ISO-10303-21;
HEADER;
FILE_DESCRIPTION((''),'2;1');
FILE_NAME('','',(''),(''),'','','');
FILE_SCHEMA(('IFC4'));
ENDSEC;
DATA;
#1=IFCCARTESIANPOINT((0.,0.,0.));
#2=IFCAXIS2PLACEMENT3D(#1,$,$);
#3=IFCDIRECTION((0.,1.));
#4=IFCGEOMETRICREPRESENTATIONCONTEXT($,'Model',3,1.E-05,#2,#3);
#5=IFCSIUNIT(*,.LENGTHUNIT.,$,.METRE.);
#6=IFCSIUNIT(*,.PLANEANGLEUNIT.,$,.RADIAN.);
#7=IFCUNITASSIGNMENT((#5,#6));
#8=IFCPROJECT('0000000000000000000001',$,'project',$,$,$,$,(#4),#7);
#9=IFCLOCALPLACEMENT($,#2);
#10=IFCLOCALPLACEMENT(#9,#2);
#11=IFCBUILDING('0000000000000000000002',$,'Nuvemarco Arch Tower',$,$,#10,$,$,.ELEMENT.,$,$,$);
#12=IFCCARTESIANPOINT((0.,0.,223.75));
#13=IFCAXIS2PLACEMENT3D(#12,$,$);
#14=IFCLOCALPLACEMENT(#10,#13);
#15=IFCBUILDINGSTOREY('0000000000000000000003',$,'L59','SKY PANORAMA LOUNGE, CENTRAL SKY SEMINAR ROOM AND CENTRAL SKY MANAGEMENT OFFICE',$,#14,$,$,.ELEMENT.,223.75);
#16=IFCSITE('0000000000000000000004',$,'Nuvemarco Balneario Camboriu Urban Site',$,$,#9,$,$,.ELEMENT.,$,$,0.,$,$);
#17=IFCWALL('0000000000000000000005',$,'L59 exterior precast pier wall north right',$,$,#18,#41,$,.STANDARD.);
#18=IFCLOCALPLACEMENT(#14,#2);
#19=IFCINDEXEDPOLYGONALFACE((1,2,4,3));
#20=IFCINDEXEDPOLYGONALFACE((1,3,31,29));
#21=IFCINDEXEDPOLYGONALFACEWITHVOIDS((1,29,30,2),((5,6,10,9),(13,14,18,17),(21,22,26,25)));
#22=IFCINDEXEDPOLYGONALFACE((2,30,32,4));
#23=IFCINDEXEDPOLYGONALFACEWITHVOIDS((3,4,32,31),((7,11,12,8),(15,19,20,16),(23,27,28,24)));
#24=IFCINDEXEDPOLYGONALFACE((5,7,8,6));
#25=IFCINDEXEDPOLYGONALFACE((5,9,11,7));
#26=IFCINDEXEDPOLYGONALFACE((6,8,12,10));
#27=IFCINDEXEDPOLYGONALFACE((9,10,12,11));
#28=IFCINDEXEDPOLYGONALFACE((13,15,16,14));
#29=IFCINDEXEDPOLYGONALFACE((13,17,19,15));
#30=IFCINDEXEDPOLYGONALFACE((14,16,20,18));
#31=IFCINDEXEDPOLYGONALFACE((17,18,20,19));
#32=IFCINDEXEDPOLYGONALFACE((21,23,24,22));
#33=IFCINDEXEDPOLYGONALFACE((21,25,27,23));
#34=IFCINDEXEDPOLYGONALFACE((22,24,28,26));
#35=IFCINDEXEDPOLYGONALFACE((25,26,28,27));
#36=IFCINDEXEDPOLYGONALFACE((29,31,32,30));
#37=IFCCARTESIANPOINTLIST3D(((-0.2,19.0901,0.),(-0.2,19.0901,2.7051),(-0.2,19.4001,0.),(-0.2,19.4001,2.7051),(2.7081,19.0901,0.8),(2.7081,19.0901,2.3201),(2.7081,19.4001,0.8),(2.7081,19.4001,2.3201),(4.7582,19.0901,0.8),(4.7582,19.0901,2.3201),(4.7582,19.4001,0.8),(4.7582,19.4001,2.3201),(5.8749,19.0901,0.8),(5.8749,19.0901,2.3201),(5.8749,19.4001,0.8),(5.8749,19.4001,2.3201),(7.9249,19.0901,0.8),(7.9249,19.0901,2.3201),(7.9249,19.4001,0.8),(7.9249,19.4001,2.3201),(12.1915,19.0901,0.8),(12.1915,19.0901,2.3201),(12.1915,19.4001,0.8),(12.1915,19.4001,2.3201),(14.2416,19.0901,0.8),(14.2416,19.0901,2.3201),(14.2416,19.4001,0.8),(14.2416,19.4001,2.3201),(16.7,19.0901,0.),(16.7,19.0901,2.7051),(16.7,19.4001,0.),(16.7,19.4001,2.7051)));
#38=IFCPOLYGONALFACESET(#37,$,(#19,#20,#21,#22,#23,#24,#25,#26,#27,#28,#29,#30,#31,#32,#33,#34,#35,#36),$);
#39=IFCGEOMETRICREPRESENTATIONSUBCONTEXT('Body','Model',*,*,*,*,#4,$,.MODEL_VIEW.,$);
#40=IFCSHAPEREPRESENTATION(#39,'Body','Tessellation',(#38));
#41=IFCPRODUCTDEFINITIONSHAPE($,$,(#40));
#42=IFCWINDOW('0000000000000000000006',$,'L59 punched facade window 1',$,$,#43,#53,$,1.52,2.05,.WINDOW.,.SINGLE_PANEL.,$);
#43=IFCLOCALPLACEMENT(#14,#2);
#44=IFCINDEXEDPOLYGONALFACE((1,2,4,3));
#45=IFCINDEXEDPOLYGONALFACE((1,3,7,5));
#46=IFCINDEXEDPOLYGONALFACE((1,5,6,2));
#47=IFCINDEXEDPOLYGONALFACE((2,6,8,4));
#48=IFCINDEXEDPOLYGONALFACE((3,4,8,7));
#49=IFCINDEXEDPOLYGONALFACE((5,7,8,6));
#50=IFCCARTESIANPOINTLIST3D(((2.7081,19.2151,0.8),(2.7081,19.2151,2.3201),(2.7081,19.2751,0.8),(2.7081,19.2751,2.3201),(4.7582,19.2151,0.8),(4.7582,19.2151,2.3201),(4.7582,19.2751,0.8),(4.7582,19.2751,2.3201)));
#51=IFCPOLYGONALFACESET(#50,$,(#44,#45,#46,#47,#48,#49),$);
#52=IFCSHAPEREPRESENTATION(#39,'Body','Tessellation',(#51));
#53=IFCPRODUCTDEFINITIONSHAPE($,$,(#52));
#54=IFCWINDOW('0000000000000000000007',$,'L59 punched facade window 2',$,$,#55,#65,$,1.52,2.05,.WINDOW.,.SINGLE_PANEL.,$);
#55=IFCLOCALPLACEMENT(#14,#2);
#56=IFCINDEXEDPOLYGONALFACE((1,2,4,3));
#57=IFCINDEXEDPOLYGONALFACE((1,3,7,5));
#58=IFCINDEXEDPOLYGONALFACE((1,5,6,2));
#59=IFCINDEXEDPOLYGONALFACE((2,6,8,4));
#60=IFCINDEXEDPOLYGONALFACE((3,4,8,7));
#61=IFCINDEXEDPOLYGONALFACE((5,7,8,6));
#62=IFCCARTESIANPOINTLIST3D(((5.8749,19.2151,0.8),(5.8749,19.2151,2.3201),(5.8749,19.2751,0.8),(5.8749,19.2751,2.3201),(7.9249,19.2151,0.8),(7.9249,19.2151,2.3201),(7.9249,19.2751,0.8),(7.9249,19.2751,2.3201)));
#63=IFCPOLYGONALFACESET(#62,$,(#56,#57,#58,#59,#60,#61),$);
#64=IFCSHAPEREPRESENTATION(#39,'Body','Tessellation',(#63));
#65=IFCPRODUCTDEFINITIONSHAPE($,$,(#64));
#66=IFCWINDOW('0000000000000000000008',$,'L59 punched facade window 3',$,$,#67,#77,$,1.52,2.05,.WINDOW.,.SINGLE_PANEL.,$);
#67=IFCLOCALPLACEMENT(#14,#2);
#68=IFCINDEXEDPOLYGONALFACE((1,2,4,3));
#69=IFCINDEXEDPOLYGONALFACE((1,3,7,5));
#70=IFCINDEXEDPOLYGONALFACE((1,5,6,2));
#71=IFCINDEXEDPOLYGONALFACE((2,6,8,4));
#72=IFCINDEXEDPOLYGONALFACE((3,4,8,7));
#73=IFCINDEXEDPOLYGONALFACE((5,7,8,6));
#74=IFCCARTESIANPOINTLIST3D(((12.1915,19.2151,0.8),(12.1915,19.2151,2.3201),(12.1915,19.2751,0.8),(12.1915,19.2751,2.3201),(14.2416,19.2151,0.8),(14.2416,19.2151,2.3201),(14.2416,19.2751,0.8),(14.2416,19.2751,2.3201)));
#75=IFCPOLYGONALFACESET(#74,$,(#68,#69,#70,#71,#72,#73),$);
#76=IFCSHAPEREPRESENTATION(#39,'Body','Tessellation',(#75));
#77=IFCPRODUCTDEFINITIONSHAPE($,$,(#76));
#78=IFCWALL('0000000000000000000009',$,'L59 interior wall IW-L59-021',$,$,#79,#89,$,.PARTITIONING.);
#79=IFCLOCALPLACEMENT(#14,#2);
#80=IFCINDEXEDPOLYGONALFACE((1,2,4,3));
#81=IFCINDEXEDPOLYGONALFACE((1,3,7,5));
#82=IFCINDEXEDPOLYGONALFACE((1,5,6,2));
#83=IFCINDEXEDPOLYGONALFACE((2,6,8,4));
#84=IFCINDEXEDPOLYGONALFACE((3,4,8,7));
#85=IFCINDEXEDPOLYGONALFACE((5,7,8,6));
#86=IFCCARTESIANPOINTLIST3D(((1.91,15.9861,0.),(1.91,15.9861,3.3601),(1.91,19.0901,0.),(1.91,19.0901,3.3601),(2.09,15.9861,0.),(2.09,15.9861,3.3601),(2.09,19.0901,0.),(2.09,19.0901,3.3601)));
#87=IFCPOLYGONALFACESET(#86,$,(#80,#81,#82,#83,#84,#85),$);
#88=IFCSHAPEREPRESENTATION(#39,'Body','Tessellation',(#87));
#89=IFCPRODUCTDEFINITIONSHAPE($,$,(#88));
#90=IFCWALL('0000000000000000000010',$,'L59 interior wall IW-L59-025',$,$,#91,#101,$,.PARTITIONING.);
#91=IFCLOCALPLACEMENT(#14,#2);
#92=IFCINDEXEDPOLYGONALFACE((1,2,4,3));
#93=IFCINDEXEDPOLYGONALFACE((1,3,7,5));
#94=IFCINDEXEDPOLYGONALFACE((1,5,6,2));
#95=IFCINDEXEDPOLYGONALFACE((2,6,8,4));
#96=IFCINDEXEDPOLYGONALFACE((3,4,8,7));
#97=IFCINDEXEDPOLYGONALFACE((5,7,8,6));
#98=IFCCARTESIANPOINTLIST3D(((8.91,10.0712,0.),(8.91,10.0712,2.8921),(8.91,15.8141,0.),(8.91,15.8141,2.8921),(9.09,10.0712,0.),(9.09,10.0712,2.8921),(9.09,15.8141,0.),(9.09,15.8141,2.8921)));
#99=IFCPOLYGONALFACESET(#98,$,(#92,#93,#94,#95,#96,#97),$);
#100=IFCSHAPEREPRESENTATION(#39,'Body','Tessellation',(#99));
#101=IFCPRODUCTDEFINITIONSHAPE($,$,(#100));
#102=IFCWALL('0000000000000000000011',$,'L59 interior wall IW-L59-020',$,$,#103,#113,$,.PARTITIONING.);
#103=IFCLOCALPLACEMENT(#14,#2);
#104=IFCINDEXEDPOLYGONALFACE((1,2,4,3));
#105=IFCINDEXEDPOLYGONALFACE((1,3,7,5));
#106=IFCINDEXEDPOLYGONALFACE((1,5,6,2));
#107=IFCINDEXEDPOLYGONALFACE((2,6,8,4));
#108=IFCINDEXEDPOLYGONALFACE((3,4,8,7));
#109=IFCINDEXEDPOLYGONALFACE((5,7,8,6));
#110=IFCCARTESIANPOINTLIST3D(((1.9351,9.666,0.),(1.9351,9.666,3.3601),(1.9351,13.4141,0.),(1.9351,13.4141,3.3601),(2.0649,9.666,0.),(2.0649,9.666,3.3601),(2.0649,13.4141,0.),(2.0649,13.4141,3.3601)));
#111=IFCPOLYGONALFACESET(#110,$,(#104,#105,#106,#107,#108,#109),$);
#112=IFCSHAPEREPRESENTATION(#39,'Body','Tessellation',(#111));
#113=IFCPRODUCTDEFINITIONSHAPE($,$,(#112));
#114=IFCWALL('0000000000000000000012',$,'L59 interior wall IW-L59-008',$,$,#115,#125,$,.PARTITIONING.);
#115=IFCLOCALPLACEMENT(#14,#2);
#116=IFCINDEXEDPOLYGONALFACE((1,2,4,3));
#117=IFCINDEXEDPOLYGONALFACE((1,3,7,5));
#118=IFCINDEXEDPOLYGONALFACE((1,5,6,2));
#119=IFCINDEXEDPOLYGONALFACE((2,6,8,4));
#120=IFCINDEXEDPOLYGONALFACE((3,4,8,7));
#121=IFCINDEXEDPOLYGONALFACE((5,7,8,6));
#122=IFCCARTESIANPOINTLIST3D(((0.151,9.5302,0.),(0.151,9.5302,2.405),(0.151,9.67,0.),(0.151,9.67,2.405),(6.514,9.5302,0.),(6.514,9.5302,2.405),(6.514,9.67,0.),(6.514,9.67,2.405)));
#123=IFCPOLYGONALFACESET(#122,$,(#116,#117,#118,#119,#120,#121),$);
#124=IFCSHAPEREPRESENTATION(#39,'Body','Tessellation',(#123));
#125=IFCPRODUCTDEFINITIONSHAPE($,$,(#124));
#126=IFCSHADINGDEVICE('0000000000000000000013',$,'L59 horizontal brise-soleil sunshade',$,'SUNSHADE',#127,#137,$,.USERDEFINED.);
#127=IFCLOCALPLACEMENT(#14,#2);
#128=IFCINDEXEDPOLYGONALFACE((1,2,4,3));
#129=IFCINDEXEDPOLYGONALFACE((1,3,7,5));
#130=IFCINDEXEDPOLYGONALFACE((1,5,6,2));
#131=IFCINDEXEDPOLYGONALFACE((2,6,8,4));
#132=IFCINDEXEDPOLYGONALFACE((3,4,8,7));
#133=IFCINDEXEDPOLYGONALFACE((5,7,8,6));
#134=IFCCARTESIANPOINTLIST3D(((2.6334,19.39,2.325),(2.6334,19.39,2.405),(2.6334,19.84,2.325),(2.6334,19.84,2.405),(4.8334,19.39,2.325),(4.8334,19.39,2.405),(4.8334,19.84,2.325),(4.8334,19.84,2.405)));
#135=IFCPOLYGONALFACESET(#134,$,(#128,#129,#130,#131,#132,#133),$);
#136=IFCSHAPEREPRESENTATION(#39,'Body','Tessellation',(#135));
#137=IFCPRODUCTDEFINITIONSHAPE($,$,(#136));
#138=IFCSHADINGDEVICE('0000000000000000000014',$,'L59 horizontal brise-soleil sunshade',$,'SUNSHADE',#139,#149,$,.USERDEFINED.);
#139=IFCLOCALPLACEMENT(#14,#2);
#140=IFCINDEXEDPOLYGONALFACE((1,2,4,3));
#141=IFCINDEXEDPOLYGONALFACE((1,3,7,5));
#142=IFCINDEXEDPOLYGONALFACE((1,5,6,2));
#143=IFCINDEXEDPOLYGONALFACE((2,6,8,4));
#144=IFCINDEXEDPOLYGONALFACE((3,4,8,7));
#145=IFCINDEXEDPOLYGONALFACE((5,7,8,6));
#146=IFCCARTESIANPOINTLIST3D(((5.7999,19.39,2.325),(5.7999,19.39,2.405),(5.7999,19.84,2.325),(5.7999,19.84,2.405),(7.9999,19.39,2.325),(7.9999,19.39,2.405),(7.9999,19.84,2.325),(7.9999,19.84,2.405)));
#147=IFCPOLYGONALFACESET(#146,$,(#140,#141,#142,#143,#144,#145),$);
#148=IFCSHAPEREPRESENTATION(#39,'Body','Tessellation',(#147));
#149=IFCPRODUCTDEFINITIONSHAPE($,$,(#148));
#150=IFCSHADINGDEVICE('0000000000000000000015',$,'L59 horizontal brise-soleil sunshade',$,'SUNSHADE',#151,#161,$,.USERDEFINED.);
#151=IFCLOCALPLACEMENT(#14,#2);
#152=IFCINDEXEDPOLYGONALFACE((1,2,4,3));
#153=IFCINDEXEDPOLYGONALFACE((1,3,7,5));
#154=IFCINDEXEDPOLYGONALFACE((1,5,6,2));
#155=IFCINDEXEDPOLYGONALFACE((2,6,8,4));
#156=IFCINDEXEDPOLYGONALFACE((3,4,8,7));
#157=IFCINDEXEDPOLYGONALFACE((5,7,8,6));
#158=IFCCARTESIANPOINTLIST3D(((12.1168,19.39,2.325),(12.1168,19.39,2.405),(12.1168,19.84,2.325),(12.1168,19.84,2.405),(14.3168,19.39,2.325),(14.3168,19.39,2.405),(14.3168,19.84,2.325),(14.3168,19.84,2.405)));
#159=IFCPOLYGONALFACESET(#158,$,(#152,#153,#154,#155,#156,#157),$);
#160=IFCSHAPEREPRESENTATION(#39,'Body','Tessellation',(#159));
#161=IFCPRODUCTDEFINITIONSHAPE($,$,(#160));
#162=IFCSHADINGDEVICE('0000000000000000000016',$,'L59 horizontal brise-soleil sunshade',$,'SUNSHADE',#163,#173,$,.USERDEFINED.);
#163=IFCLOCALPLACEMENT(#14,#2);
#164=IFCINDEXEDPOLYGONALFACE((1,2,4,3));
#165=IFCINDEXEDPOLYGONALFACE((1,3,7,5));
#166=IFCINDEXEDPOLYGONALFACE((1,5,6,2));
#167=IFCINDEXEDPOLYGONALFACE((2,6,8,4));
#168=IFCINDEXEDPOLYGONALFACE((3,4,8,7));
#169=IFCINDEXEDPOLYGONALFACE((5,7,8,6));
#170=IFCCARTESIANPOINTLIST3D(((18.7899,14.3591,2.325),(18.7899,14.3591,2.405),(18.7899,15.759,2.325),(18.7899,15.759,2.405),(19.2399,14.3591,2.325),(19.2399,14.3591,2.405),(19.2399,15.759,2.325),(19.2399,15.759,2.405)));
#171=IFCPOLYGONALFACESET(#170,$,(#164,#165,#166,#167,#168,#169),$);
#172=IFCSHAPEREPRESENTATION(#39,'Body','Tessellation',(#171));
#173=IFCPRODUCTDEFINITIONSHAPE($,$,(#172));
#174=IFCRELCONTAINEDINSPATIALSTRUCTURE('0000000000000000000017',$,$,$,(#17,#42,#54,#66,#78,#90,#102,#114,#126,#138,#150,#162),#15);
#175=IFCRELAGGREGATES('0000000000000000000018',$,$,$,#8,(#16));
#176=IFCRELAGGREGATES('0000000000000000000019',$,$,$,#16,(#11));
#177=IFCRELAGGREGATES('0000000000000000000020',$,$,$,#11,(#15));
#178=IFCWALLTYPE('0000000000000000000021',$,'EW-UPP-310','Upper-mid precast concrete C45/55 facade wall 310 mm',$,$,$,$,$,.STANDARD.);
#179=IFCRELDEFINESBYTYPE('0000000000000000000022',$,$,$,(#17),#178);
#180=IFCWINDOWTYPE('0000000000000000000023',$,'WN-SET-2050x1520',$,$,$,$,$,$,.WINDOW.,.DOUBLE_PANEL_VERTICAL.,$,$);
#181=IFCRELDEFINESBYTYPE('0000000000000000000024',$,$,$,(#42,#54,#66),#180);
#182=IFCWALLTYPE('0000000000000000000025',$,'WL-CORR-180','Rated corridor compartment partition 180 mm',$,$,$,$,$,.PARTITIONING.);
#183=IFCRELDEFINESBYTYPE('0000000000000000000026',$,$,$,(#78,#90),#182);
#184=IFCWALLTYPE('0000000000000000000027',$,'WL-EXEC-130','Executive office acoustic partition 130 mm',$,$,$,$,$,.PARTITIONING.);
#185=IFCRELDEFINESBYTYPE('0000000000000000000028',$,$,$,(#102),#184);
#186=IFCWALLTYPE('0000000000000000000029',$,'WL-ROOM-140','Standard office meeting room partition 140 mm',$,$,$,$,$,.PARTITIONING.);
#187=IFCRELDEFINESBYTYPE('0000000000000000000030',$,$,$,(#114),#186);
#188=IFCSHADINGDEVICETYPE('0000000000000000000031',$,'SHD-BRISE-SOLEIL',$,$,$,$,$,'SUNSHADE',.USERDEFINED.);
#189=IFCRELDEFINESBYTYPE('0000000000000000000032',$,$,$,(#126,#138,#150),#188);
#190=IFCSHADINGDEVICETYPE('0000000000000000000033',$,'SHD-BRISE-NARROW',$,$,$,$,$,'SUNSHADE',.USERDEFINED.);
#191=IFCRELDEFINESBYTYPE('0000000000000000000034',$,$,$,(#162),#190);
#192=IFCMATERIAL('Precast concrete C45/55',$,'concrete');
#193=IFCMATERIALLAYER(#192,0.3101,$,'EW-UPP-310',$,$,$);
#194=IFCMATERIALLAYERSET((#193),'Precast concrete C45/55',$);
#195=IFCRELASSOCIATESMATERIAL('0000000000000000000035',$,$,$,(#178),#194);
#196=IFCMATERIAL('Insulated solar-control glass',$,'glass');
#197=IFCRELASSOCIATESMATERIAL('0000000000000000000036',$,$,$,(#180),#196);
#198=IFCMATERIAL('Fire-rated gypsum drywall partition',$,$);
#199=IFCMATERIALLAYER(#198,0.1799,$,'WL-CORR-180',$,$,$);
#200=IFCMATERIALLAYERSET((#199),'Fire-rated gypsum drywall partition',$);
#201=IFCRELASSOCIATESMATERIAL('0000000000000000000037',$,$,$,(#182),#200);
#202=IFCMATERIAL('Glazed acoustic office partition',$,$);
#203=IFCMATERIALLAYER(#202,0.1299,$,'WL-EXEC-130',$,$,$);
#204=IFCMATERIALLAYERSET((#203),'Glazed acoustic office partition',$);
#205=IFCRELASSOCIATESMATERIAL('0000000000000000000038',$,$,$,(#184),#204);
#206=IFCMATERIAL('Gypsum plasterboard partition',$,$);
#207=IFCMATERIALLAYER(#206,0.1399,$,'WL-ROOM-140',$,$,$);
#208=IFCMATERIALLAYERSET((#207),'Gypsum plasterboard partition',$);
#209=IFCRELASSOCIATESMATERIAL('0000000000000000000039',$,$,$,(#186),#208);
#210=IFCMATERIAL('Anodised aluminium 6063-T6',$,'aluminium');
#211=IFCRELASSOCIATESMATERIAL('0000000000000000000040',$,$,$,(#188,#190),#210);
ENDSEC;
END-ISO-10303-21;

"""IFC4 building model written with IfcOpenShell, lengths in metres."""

from ifc_helpers import new_model, si_unit, direction, frame, frame_2d, origin, origin_2d, place, context, subcontext, project, spatial, rectangle, extrude, source, transform, mapped, material, layer, layer_set, type_object, type_shapes, element, fill, save


model = new_model("IFC4")

# Units and contexts
model_context = context("Model", 3, precision=1e-05, world=origin(), true_north=direction((0.0, 1.0)))
body_context = subcontext(model_context, "Body", "Model", "MODEL_VIEW")
ifc_project = project(units=[si_unit("LENGTHUNIT", "METRE"), si_unit("PLANEANGLEUNIT", "RADIAN")], contexts=[model_context])

# Site, building, storey
site_placement = place(None, origin())
site = spatial("IfcSite", under=ifc_project, at=site_placement, Name="Nuvemarco Balneario Camboriu Urban Site", CompositionType="ELEMENT", RefElevation=0.0)
building_placement = place(site_placement, origin())
building = spatial("IfcBuilding", under=site, at=building_placement, Name="Nuvemarco Arch Tower", CompositionType="ELEMENT")
storey_placement = place(building_placement, frame((0.0, 0.0, 223.75)))
storey = spatial("IfcBuildingStorey", under=building, at=storey_placement, Name="L59", Description="SKY PANORAMA LOUNGE, CENTRAL SKY SEMINAR ROOM AND CENTRAL SKY MANAGEMENT OFFICE", CompositionType="ELEMENT", Elevation=223.75)

# Shared definitions
ifc_material_1 = material(Name="Precast concrete C45/55", Category="concrete")

# Shared definitions
ifc_layer_1 = layer(ifc_material_1, 0.3101, Name="EW-UPP-310")
ifc_layer_set_1 = layer_set([ifc_layer_1], Name="Precast concrete C45/55")
wall_type_1 = type_object("IfcWallType", Name="EW-UPP-310", Description="Upper-mid precast concrete C45/55 facade wall 310 mm", PredefinedType="STANDARD", material=ifc_layer_set_1)

# Wall, openings, windows
wall_1_placement = place(storey_placement, frame((-0.2, 19.2451, 0.0), z_axis=(0.0, 0.0, 1.0), x_axis=(1.0, 0.0, 0.0)))
wall_1 = element("IfcWall", 1, at=wall_1_placement, inside=storey, type_object=wall_type_1, Name="L59 exterior precast pier wall north right", PredefinedType="STANDARD", context=body_context, shape_type="SweptSolid", body=[
    extrude(rectangle(XDim=16.8999, YDim=0.3101, at=frame_2d((8.45, 0.0))), origin(), (0.0, 0.0, 1.0), 2.7051),
])
opening_1_placement = place(wall_1_placement, frame((2.9082, 0.0, 0.8)))
opening_1 = element("IfcOpeningElement", 2, at=opening_1_placement, cuts=wall_1, PredefinedType="OPENING", context=body_context, shape_type="SweptSolid", body=[
    extrude(rectangle(XDim=2.05, YDim=1.52, at=frame_2d((1.0249, 0.76))), frame((0.0, 0.165, 0.0), z_axis=(0.0, -1.0, 0.0), x_axis=(1.0, 0.0, 0.0)), (0.0, 0.0, 1.0), 0.3301),
])
opening_2_placement = place(wall_1_placement, frame((6.075, 0.0, 0.8)))
opening_2 = element("IfcOpeningElement", 3, at=opening_2_placement, cuts=wall_1, PredefinedType="OPENING", context=body_context, shape_type="SweptSolid", body=[
    extrude(rectangle(XDim=2.05, YDim=1.52, at=frame_2d((1.0249, 0.76))), frame((0.0, 0.165, 0.0), z_axis=(0.0, -1.0, 0.0), x_axis=(1.0, 0.0, 0.0)), (0.0, 0.0, 1.0), 0.3301),
])
opening_3_placement = place(wall_1_placement, frame((12.3916, 0.0, 0.8)))
opening_3 = element("IfcOpeningElement", 4, at=opening_3_placement, cuts=wall_1, PredefinedType="OPENING", context=body_context, shape_type="SweptSolid", body=[
    extrude(rectangle(XDim=2.05, YDim=1.52, at=frame_2d((1.0249, 0.76))), frame((0.0, 0.165, 0.0), z_axis=(0.0, -1.0, 0.0), x_axis=(1.0, 0.0, 0.0)), (0.0, 0.0, 1.0), 0.3301),
])
ifc_material_2 = material(Name="Insulated solar-control glass", Category="glass")
window_type = type_object("IfcWindowType", Name="WN-SET-2050x1520", PartitioningType="DOUBLE_PANEL_VERTICAL", PredefinedType="WINDOW", material=ifc_material_2)
shared_shape_1 = source(origin(), body_context, "Body", "SweptSolid", [
    extrude(rectangle(XDim=2.05, YDim=1.52, at=frame_2d((1.0249, 0.76))), frame((0.0, 0.03, 0.0), z_axis=(0.0, -1.0, 0.0), x_axis=(1.0, 0.0, 0.0)), (0.0, 0.0, 1.0), 0.0601),
])
type_shapes(window_type, [shared_shape_1])
window_1_placement = place(opening_1_placement, origin())
window_1 = element("IfcWindow", 5, at=window_1_placement, inside=storey, type_object=window_type, Name="L59 punched facade window 1", OverallHeight=1.52, OverallWidth=2.05, PartitioningType="SINGLE_PANEL", PredefinedType="WINDOW", context=body_context, shape_type="MappedRepresentation", body=[
    mapped(shared_shape_1, transform((0.0, 0.0, 0.0), scale=1.0)),
])
fill(opening_1, window_1)
window_2_placement = place(opening_2_placement, origin())
window_2 = element("IfcWindow", 6, at=window_2_placement, inside=storey, type_object=window_type, Name="L59 punched facade window 2", OverallHeight=1.52, OverallWidth=2.05, PartitioningType="SINGLE_PANEL", PredefinedType="WINDOW", context=body_context, shape_type="MappedRepresentation", body=[
    mapped(shared_shape_1, transform((0.0, 0.0, 0.0), scale=1.0)),
])
fill(opening_2, window_2)
window_3_placement = place(opening_3_placement, origin())
window_3 = element("IfcWindow", 7, at=window_3_placement, inside=storey, type_object=window_type, Name="L59 punched facade window 3", OverallHeight=1.52, OverallWidth=2.05, PartitioningType="SINGLE_PANEL", PredefinedType="WINDOW", context=body_context, shape_type="MappedRepresentation", body=[
    mapped(shared_shape_1, transform((0.0, 0.0, 0.0), scale=1.0)),
])
fill(opening_3, window_3)

# Walls
ifc_material_3 = material(Name="Fire-rated gypsum drywall partition")
ifc_layer_2 = layer(ifc_material_3, 0.1799, Name="WL-CORR-180")
ifc_layer_set_2 = layer_set([ifc_layer_2], Name="Fire-rated gypsum drywall partition")
wall_type_2 = type_object("IfcWallType", Name="WL-CORR-180", Description="Rated corridor compartment partition 180 mm", PredefinedType="PARTITIONING", material=ifc_layer_set_2)
wall_2_placement = place(storey_placement, frame((2.0, 15.9861, 0.0), z_axis=(0.0, 0.0, 1.0), x_axis=(0.0, 1.0, 0.0)))
element("IfcWall", 8, at=wall_2_placement, inside=storey, type_object=wall_type_2, Name="L59 interior wall IW-L59-021", PredefinedType="PARTITIONING", context=body_context, shape_type="SweptSolid", body=[
    extrude(rectangle(XDim=3.104, YDim=0.1799, at=frame_2d((1.552, 0.0))), origin(), (0.0, 0.0, 1.0), 3.3601),
])
wall_3_placement = place(storey_placement, frame((9.0, 10.071, 0.0), z_axis=(0.0, 0.0, 1.0), x_axis=(0.0, 1.0, 0.0)))
element("IfcWall", 9, at=wall_3_placement, inside=storey, type_object=wall_type_2, Name="L59 interior wall IW-L59-025", PredefinedType="PARTITIONING", context=body_context, shape_type="SweptSolid", body=[
    extrude(rectangle(XDim=5.7429, YDim=0.1799, at=frame_2d((2.8716, 0.0))), origin(), (0.0, 0.0, 1.0), 2.8921),
])
ifc_material_4 = material(Name="Glazed acoustic office partition")
ifc_layer_3 = layer(ifc_material_4, 0.1299, Name="WL-EXEC-130")
ifc_layer_set_3 = layer_set([ifc_layer_3], Name="Glazed acoustic office partition")
wall_type_3 = type_object("IfcWallType", Name="WL-EXEC-130", Description="Executive office acoustic partition 130 mm", PredefinedType="PARTITIONING", material=ifc_layer_set_3)
wall_4_placement = place(storey_placement, frame((2.0, 9.666, 0.0), z_axis=(0.0, 0.0, 1.0), x_axis=(0.0, 1.0, 0.0)))
element("IfcWall", 10, at=wall_4_placement, inside=storey, type_object=wall_type_3, Name="L59 interior wall IW-L59-020", PredefinedType="PARTITIONING", context=body_context, shape_type="SweptSolid", body=[
    extrude(rectangle(XDim=3.748, YDim=0.1299, at=frame_2d((1.874, 0.0))), origin(), (0.0, 0.0, 1.0), 3.3601),
])
ifc_material_5 = material(Name="Gypsum plasterboard partition")
ifc_layer_4 = layer(ifc_material_5, 0.1399, Name="WL-ROOM-140")
ifc_layer_set_4 = layer_set([ifc_layer_4], Name="Gypsum plasterboard partition")
wall_type_4 = type_object("IfcWallType", Name="WL-ROOM-140", Description="Standard office meeting room partition 140 mm", PredefinedType="PARTITIONING", material=ifc_layer_set_4)
wall_5_placement = place(storey_placement, frame((0.1509, 9.6001, 0.0), z_axis=(0.0, 0.0, 1.0), x_axis=(1.0, 0.0, 0.0)))
element("IfcWall", 11, at=wall_5_placement, inside=storey, type_object=wall_type_4, Name="L59 interior wall IW-L59-008", PredefinedType="PARTITIONING", context=body_context, shape_type="SweptSolid", body=[
    extrude(rectangle(XDim=6.363, YDim=0.1399, at=frame_2d((3.1816, 0.0))), origin(), (0.0, 0.0, 1.0), 2.405),
])

# Shading devices
ifc_material_6 = material(Name="Anodised aluminium 6063-T6", Category="aluminium")
shading_device_type_1 = type_object("IfcShadingDeviceType", Name="SHD-BRISE-SOLEIL", ElementType="SUNSHADE", PredefinedType="USERDEFINED", material=ifc_material_6)
shared_shape_2 = source(origin(), body_context, "Body", "SweptSolid", [
    extrude(rectangle(XDim=2.2, YDim=0.45, at=origin_2d()), origin(), (0.0, 0.0, 1.0), 0.0801),
])
type_shapes(shading_device_type_1, [shared_shape_2])
for number, where, z_axis, x_axis, name in (
    (12, (3.7334, 19.615, 2.325), (0.0, 0.0, 1.0), (1.0, 0.0, 0.0), "L59 horizontal brise-soleil sunshade"),
    (13, (6.8999, 19.615, 2.325), (0.0, 0.0, 1.0), (1.0, 0.0, 0.0), "L59 horizontal brise-soleil sunshade"),
    (14, (13.2168, 19.615, 2.325), (0.0, 0.0, 1.0), (1.0, 0.0, 0.0), "L59 horizontal brise-soleil sunshade"),
):
    element("IfcShadingDevice", number, at=place(storey_placement, frame(where, z_axis=z_axis, x_axis=x_axis)), inside=storey, type_object=shading_device_type_1, Name=name, ObjectType="SUNSHADE", PredefinedType="USERDEFINED", context=body_context, shape_type="MappedRepresentation", body=[
        mapped(shared_shape_2, transform((0.0, 0.0, 0.0), scale=1.0)),
    ])
shading_device_type_2 = type_object("IfcShadingDeviceType", Name="SHD-BRISE-NARROW", ElementType="SUNSHADE", PredefinedType="USERDEFINED", material=ifc_material_6)
shared_shape_3 = source(origin(), body_context, "Body", "SweptSolid", [
    extrude(rectangle(XDim=1.3999, YDim=0.45, at=origin_2d()), origin(), (0.0, 0.0, 1.0), 0.0801),
])
type_shapes(shading_device_type_2, [shared_shape_3])
shading_device_placement = place(storey_placement, frame((19.0149, 15.0591, 2.325), z_axis=(0.0, 0.0, 1.0), x_axis=(0.0, 1.0, 0.0)))
element("IfcShadingDevice", 15, at=shading_device_placement, inside=storey, type_object=shading_device_type_2, Name="L59 horizontal brise-soleil sunshade", ObjectType="SUNSHADE", PredefinedType="USERDEFINED", context=body_context, shape_type="MappedRepresentation", body=[
    mapped(shared_shape_3, transform((0.0, 0.0, 0.0), scale=1.0)),
])

save(model, "model.ifc")
